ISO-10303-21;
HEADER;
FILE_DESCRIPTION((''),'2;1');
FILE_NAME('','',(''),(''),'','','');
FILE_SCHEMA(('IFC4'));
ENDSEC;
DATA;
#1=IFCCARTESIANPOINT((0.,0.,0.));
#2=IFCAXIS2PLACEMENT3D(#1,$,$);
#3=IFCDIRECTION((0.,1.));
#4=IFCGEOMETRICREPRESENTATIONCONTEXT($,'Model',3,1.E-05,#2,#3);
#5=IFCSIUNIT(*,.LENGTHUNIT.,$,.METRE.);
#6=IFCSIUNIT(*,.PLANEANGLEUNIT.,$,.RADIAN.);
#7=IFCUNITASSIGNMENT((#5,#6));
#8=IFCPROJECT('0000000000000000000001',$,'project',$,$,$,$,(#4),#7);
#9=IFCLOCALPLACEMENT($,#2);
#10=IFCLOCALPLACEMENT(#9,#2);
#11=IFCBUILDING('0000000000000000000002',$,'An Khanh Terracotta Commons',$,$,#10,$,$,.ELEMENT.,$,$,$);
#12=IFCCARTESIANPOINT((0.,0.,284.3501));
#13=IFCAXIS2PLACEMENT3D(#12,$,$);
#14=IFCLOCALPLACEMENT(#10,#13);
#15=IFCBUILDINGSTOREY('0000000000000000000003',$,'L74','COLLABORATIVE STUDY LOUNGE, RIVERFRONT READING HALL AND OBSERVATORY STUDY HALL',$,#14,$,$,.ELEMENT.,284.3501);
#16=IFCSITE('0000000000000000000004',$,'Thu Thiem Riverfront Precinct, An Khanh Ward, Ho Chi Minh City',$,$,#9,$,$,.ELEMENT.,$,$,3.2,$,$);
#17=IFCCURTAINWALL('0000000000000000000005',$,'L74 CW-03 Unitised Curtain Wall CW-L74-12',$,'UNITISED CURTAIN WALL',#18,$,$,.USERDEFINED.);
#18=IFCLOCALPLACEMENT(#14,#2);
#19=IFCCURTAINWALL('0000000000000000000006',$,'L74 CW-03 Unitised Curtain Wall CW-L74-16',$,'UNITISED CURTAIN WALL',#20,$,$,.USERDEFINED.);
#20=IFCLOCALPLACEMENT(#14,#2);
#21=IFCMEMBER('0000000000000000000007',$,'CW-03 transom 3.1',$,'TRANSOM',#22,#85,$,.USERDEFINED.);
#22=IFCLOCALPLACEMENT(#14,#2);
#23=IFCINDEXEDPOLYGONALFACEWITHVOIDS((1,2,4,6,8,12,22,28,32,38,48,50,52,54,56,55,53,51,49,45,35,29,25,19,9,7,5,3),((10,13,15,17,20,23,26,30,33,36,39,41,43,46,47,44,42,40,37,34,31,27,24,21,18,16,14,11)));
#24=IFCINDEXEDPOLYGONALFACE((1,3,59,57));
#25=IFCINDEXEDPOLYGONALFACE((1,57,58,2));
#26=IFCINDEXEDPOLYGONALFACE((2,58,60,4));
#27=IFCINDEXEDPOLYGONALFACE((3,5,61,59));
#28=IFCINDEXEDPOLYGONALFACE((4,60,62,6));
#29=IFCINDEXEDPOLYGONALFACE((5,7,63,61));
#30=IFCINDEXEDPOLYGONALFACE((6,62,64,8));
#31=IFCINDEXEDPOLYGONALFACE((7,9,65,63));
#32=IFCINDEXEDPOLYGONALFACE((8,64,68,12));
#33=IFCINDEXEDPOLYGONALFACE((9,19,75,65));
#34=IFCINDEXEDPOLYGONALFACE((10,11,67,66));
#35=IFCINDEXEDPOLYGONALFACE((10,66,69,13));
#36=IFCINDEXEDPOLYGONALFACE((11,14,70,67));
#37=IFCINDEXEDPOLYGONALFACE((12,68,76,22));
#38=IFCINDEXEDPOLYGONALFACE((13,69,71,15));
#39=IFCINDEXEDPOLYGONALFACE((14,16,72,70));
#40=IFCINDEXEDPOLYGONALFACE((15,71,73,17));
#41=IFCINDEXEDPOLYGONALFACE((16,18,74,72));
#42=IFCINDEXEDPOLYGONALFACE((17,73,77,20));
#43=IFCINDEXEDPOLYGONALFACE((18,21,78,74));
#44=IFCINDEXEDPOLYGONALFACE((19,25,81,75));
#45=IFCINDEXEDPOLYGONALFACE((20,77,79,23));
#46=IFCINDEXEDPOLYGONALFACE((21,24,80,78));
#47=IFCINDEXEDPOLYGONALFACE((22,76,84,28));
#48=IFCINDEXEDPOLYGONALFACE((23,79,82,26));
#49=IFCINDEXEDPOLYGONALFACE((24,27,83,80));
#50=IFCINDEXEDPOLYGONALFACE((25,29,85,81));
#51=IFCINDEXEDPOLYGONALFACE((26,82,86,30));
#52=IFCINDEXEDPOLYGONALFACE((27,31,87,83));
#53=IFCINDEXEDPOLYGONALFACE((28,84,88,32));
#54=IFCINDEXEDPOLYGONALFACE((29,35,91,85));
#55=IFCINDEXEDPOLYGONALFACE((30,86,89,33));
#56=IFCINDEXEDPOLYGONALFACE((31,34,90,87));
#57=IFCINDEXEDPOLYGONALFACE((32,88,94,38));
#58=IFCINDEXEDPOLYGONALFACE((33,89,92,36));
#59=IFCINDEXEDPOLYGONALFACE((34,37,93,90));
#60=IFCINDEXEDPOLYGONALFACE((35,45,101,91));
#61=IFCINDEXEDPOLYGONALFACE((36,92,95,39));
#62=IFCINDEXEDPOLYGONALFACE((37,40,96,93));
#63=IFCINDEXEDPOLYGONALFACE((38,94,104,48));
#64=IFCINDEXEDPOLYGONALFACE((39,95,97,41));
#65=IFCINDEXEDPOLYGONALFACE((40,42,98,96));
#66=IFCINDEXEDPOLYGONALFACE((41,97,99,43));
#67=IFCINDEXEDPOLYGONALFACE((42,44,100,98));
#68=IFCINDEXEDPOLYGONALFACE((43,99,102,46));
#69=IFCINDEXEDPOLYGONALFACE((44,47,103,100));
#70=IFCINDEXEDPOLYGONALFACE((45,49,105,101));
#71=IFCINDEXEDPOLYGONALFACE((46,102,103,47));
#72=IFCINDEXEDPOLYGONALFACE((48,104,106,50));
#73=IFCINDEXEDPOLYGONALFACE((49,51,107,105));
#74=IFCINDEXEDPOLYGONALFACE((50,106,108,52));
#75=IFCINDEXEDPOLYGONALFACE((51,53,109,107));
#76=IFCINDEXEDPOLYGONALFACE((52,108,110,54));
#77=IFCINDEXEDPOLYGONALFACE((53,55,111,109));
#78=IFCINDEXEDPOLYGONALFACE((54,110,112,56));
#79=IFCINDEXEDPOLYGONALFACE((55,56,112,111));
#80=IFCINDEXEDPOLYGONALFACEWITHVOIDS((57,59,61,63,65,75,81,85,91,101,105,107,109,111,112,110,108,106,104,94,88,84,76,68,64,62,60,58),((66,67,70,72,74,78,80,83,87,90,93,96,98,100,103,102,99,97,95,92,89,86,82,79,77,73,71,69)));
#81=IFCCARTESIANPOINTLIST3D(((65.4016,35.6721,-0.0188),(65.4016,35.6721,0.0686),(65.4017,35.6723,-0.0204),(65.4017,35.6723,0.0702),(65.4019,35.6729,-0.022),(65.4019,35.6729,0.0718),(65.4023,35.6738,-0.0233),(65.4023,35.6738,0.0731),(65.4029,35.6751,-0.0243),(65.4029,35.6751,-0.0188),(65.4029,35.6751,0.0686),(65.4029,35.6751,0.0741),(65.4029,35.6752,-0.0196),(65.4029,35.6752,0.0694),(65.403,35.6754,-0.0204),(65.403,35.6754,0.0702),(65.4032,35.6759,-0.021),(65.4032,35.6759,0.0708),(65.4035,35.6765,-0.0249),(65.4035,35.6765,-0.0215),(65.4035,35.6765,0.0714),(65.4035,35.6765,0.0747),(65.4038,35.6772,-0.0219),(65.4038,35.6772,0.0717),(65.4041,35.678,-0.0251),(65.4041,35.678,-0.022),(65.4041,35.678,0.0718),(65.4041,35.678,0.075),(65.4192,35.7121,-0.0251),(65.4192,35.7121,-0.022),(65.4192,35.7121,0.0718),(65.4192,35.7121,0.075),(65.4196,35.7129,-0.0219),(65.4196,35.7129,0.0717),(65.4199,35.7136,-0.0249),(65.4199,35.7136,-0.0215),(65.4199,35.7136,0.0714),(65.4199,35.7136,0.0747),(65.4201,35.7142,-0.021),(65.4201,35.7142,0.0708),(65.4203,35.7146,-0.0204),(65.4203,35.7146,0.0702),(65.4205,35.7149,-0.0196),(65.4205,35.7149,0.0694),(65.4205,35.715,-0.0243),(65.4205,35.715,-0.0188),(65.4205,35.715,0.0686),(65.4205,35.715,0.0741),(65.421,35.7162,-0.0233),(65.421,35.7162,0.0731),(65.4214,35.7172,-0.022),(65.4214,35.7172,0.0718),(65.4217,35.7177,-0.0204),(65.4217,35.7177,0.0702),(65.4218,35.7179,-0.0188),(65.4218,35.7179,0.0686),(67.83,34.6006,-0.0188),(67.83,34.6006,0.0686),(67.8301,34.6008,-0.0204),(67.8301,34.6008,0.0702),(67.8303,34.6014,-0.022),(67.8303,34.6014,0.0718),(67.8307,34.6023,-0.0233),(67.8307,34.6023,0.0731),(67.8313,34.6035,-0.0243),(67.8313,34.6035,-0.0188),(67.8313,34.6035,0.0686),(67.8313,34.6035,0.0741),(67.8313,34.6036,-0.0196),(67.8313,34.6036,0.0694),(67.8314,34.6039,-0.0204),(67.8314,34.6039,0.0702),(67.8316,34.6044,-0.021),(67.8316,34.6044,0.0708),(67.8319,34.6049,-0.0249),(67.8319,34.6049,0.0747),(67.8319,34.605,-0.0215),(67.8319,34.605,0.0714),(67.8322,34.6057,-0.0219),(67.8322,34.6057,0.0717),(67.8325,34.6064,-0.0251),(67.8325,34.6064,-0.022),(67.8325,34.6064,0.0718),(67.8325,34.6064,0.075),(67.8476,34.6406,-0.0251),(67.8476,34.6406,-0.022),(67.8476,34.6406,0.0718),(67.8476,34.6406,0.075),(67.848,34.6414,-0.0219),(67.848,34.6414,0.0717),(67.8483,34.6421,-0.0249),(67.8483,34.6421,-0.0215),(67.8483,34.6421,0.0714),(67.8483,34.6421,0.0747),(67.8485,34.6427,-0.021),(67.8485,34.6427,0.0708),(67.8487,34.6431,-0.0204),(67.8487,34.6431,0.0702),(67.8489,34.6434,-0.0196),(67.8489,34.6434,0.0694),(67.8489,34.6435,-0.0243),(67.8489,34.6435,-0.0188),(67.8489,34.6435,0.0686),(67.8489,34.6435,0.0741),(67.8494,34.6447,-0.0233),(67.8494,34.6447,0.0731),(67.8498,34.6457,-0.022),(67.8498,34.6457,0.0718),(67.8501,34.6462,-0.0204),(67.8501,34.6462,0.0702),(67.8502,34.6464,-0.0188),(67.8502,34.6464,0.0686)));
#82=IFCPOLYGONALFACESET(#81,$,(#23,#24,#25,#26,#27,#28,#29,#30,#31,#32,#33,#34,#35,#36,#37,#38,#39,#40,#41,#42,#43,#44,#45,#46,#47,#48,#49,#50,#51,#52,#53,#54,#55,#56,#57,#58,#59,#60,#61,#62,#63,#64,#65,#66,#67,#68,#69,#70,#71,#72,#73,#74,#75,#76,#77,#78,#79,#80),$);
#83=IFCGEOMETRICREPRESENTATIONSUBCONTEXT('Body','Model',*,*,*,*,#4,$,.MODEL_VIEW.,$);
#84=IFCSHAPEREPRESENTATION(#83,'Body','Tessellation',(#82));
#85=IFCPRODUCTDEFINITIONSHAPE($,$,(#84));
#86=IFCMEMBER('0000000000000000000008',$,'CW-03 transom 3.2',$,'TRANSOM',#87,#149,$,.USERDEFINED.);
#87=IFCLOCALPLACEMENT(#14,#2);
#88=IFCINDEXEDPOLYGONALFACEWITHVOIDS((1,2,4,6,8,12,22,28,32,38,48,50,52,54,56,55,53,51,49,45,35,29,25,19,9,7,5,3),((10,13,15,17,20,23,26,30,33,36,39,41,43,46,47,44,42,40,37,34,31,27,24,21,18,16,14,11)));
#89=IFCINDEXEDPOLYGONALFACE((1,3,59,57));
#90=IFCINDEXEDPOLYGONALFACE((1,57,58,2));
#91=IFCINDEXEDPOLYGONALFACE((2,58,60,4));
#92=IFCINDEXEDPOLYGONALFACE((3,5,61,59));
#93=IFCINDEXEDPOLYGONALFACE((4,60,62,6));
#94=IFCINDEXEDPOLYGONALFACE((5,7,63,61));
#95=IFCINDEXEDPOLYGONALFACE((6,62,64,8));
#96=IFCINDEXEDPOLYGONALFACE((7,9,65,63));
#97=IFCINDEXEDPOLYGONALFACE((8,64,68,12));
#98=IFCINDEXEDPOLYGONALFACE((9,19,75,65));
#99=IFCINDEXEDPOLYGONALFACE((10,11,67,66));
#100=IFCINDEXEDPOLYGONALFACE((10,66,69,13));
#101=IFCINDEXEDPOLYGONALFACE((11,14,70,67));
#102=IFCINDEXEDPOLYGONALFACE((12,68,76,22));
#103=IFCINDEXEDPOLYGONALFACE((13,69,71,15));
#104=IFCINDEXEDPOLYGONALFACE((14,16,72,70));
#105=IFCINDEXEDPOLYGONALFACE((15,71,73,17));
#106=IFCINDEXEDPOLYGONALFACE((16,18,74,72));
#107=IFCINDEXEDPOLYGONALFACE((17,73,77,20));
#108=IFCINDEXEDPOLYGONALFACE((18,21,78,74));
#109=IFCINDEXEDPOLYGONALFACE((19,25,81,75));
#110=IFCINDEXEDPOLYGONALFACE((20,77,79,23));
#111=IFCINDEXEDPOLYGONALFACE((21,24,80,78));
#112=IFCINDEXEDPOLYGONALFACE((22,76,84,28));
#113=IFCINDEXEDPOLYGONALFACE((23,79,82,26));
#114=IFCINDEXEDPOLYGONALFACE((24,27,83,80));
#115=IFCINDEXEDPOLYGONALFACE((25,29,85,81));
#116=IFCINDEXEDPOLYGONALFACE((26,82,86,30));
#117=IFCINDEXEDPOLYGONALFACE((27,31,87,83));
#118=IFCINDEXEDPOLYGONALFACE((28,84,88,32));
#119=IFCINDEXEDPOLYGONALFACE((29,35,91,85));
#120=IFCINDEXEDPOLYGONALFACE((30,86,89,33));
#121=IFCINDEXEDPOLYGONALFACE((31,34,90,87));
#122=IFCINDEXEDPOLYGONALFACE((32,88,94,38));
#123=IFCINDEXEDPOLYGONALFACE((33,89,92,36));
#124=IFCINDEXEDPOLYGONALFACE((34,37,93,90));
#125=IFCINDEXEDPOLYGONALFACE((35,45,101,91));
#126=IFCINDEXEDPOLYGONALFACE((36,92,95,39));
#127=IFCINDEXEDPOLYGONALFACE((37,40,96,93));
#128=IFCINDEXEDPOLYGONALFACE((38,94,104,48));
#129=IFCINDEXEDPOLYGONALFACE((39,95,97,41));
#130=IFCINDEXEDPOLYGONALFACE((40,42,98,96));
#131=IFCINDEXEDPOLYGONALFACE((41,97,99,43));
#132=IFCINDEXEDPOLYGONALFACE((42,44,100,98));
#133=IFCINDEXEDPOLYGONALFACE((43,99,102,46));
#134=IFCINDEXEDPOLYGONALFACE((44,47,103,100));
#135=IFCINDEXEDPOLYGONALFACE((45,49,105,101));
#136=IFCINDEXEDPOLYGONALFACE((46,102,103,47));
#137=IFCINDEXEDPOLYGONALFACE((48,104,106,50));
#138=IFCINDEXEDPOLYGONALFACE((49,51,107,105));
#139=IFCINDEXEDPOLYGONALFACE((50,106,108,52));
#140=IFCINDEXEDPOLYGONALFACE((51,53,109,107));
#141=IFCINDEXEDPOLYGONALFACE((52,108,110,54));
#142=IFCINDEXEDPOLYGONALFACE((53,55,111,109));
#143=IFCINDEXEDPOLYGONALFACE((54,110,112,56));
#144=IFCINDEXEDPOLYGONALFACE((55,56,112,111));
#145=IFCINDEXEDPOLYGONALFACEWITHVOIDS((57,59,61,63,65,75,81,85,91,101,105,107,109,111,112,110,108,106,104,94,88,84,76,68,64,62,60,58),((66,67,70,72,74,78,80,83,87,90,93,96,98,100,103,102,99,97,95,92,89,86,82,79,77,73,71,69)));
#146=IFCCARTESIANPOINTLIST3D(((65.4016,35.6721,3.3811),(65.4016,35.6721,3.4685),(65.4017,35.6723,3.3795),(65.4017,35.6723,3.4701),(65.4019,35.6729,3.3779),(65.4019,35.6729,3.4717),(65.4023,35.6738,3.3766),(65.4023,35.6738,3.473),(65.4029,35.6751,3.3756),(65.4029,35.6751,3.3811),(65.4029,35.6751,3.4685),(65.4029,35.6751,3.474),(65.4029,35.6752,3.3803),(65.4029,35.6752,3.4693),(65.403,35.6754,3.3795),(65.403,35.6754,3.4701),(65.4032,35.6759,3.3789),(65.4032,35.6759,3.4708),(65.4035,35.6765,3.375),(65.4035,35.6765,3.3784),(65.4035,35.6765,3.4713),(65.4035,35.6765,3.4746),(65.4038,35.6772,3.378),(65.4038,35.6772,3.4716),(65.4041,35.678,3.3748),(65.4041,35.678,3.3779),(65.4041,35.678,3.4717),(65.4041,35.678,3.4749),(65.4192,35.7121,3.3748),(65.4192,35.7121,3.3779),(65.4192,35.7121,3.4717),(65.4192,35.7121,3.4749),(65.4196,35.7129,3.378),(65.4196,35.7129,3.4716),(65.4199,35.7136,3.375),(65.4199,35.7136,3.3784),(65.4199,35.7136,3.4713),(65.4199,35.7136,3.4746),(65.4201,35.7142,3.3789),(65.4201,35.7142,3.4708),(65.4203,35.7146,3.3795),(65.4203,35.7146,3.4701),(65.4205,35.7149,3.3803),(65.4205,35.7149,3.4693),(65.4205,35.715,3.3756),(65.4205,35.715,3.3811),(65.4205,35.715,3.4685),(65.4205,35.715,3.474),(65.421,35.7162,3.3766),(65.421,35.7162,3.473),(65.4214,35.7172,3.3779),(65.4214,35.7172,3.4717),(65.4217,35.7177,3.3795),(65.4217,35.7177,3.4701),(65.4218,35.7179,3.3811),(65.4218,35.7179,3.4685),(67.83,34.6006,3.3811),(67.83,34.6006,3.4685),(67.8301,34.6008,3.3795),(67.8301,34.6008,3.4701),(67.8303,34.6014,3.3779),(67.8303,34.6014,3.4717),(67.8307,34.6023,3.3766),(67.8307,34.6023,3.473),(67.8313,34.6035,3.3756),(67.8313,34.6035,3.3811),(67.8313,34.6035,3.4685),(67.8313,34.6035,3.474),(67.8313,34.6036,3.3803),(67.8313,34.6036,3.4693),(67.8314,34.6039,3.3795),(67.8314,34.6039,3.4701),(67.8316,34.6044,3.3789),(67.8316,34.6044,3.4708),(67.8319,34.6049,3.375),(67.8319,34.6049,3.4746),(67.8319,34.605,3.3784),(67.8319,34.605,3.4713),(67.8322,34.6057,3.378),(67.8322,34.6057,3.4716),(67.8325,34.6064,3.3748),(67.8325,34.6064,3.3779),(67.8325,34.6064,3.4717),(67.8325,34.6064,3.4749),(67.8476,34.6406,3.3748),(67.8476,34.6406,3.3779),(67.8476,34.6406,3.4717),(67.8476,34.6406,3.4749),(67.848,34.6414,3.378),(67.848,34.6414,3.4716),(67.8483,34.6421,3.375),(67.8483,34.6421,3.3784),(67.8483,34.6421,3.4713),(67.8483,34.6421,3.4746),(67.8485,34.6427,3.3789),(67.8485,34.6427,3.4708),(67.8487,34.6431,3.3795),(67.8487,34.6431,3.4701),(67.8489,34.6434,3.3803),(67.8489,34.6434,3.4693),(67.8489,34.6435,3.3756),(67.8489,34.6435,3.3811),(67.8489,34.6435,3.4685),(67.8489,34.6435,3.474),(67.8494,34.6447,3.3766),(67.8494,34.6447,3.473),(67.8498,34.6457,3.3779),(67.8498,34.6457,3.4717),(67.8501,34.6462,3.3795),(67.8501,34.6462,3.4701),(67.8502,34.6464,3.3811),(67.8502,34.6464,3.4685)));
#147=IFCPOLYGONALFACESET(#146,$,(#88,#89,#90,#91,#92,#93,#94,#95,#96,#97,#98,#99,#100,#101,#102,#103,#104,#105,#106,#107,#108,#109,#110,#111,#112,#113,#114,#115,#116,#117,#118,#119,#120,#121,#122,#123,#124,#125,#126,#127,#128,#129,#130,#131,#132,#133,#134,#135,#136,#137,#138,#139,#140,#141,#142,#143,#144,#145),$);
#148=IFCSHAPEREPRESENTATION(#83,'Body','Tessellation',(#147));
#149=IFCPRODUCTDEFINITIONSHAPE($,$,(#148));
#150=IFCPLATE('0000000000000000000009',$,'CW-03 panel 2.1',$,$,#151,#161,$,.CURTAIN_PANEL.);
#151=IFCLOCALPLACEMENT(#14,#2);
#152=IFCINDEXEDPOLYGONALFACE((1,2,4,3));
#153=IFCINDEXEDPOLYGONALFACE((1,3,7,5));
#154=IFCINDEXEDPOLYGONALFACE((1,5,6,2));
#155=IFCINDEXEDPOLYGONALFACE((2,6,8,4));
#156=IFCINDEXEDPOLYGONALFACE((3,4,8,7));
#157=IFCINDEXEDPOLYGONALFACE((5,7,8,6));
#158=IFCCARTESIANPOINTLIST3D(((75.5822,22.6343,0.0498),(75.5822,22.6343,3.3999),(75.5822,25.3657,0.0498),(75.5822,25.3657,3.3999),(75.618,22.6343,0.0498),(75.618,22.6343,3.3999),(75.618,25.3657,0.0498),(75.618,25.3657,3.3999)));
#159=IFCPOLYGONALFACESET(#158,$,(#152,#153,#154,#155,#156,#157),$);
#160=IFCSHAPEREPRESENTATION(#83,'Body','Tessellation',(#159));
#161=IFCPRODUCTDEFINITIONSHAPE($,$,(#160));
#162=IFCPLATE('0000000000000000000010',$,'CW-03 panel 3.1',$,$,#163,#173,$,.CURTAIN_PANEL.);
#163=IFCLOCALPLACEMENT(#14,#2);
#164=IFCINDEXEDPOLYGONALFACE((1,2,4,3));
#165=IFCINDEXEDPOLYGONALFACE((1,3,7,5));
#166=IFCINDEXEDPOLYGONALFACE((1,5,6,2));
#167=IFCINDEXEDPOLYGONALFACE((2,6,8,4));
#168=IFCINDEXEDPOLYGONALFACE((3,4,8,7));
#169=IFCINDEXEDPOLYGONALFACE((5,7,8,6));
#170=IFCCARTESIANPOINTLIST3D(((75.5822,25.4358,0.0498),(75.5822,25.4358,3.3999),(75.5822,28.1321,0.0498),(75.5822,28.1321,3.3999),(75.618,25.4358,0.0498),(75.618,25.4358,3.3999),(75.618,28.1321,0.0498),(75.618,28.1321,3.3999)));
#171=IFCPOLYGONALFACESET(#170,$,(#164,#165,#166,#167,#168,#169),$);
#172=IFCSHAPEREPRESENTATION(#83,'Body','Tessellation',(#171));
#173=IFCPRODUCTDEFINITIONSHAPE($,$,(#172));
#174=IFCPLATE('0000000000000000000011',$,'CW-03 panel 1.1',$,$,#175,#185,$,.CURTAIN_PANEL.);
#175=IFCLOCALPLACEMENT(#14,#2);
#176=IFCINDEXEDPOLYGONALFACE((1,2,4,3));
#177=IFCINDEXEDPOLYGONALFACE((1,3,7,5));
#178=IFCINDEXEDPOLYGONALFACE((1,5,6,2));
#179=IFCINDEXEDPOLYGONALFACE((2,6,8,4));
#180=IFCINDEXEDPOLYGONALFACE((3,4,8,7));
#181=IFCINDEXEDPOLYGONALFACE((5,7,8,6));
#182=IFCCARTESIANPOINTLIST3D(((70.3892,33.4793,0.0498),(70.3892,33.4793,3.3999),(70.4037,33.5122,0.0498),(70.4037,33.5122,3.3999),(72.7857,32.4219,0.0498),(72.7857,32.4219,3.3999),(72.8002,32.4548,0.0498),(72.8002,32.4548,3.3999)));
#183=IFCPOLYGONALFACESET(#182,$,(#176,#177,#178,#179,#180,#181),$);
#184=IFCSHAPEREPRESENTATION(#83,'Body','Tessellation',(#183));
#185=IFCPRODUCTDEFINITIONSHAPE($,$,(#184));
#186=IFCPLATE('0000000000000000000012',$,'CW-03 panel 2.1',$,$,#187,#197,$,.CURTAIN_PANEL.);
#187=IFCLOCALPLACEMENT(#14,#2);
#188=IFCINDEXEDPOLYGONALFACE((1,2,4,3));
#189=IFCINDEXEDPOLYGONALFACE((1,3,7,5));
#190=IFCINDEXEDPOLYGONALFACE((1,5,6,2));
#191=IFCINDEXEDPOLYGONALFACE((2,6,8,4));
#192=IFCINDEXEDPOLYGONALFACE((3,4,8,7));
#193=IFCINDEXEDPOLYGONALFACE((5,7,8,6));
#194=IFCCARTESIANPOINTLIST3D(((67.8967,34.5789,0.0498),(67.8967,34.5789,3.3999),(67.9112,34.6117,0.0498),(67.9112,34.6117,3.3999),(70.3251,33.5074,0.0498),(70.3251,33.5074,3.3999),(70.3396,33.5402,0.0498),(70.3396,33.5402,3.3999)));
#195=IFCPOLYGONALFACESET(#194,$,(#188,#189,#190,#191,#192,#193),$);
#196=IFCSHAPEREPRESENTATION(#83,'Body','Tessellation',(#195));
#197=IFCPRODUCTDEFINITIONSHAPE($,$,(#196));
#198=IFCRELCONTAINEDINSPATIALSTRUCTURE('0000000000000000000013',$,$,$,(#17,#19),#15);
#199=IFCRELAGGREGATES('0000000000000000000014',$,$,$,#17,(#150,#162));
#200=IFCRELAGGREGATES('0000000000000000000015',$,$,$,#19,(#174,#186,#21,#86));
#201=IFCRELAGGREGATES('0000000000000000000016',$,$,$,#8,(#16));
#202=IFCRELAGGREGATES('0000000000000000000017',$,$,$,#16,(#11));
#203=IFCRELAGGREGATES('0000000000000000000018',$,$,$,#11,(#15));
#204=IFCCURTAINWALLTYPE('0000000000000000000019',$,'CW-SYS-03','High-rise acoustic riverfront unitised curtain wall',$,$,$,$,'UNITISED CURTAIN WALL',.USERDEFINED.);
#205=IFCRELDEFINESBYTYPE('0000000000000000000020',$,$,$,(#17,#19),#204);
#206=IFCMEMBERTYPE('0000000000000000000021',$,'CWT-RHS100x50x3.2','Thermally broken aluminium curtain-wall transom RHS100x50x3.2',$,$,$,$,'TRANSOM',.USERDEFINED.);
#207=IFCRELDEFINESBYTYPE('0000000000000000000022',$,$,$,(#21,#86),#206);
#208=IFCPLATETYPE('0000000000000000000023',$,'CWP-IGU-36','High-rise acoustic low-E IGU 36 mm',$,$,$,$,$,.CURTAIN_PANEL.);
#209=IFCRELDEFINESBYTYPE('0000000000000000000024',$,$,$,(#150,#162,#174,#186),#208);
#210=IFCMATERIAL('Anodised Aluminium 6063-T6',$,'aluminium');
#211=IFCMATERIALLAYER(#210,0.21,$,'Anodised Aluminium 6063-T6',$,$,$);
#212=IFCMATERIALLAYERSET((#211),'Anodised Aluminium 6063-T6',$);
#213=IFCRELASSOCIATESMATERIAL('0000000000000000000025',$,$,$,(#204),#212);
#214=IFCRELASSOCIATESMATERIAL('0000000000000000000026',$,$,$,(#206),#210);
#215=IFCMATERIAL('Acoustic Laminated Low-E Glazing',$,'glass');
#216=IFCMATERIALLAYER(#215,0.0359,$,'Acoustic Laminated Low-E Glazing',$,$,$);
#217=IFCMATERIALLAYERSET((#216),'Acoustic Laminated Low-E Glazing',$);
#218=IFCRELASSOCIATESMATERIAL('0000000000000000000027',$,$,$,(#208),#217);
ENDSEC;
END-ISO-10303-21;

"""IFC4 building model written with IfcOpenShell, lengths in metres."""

from ifc_helpers import new_model, si_unit, direction, frame, origin, origin_2d, place, context, subcontext, project, spatial, rectangle, hollow_rectangle, extrude, material, layer, layer_set, material_profile, profile_set, type_object, element, aggregate, save


model = new_model("IFC4")

# Units and contexts
model_context = context("Model", 3, precision=1e-05, world=origin(), true_north=direction((0.0, 1.0)))
body_context = subcontext(model_context, "Body", "Model", "MODEL_VIEW")
ifc_project = project(units=[si_unit("LENGTHUNIT", "METRE"), si_unit("PLANEANGLEUNIT", "RADIAN")], contexts=[model_context])

# Site, building, storey
site_placement = place(None, origin())
site = spatial("IfcSite", under=ifc_project, at=site_placement, Name="Thu Thiem Riverfront Precinct, An Khanh Ward, Ho Chi Minh City", CompositionType="ELEMENT", RefElevation=3.2)
building_placement = place(site_placement, origin())
building = spatial("IfcBuilding", under=site, at=building_placement, Name="An Khanh Terracotta Commons", CompositionType="ELEMENT")
storey_placement = place(building_placement, frame((0.0, 0.0, 284.3501)))
storey = spatial("IfcBuildingStorey", under=building, at=storey_placement, Name="L74", Description="COLLABORATIVE STUDY LOUNGE, RIVERFRONT READING HALL AND OBSERVATORY STUDY HALL", CompositionType="ELEMENT", Elevation=284.3501)

# Curtain walls
ifc_material_1 = material(Name="Anodised Aluminium 6063-T6", Category="aluminium")
ifc_layer_1 = layer(ifc_material_1, 0.21, Name="Anodised Aluminium 6063-T6")
ifc_layer_set_1 = layer_set([ifc_layer_1], Name="Anodised Aluminium 6063-T6")
curtain_wall_type = type_object("IfcCurtainWallType", Name="CW-SYS-03", Description="High-rise acoustic riverfront unitised curtain wall", ElementType="UNITISED CURTAIN WALL", PredefinedType="USERDEFINED", material=ifc_layer_set_1)
curtain_wall_1_placement = place(storey_placement, origin())
curtain_wall_1 = element("IfcCurtainWall", 1, at=curtain_wall_1_placement, inside=storey, type_object=curtain_wall_type, Name="L74 CW-03 Unitised Curtain Wall CW-L74-12", ObjectType="UNITISED CURTAIN WALL", PredefinedType="USERDEFINED")
curtain_wall_2_placement = place(storey_placement, origin())
curtain_wall_2 = element("IfcCurtainWall", 2, at=curtain_wall_2_placement, inside=storey, type_object=curtain_wall_type, Name="L74 CW-03 Unitised Curtain Wall CW-L74-16", ObjectType="UNITISED CURTAIN WALL", PredefinedType="USERDEFINED")

# Members
ifc_material_profile_1 = material_profile(ifc_material_1, hollow_rectangle(XDim=0.05, YDim=0.1001, WallThickness=0.0032, InnerFilletRadius=0.0032, OuterFilletRadius=0.0063, at=origin_2d()), Name="RHS100x50x3.2")
ifc_profile_set_1 = profile_set([ifc_material_profile_1], Name="Anodised Aluminium 6063-T6")
member_type_1 = type_object("IfcMemberType", Name="CWT-RHS100x50x3.2", Description="Thermally broken aluminium curtain-wall transom RHS100x50x3.2", ElementType="TRANSOM", PredefinedType="USERDEFINED", material=ifc_profile_set_1)
member_1_placement = place(storey_placement, frame((67.8401, 34.6235, 0.0249), z_axis=(-0.914897, 0.403688, 0.0), x_axis=(-0.403688, -0.914897, 0.0)))
member_1 = element("IfcMember", 3, at=member_1_placement, type_object=member_type_1, Name="CW-03 transom 3.1", ObjectType="TRANSOM", PredefinedType="USERDEFINED", context=body_context, shape_type="SweptSolid", body=[
    extrude(hollow_rectangle(XDim=0.05, YDim=0.1001, WallThickness=0.0032, InnerFilletRadius=0.0032, OuterFilletRadius=0.0063, at=origin_2d()), origin(), (0.0, 0.0, 1.0), 2.6543),
])
member_2_placement = place(storey_placement, frame((67.8401, 34.6235, 3.4248), z_axis=(-0.914897, 0.403688, 0.0), x_axis=(-0.403688, -0.914897, 0.0)))
member_2 = element("IfcMember", 4, at=member_2_placement, type_object=member_type_1, Name="CW-03 transom 3.2", ObjectType="TRANSOM", PredefinedType="USERDEFINED", context=body_context, shape_type="SweptSolid", body=[
    extrude(hollow_rectangle(XDim=0.05, YDim=0.1001, WallThickness=0.0032, InnerFilletRadius=0.0032, OuterFilletRadius=0.0063, at=origin_2d()), origin(), (0.0, 0.0, 1.0), 2.6543),
])

# Plates
ifc_material_2 = material(Name="Acoustic Laminated Low-E Glazing", Category="glass")
ifc_layer_2 = layer(ifc_material_2, 0.0359, Name="Acoustic Laminated Low-E Glazing")
ifc_layer_set_2 = layer_set([ifc_layer_2], Name="Acoustic Laminated Low-E Glazing")
plate_type = type_object("IfcPlateType", Name="CWP-IGU-36", Description="High-rise acoustic low-E IGU 36 mm", PredefinedType="CURTAIN_PANEL", material=ifc_layer_set_2)
plate_1_placement = place(storey_placement, frame((75.6001, 24.0, 0.0498), z_axis=(0.0, 0.0, 1.0), x_axis=(0.0, 1.0, 0.0)))
plate_1 = element("IfcPlate", 5, at=plate_1_placement, type_object=plate_type, Name="CW-03 panel 2.1", PredefinedType="CURTAIN_PANEL", context=body_context, shape_type="SweptSolid", body=[
    extrude(rectangle(XDim=2.7314, YDim=0.0359, at=origin_2d()), origin(), (0.0, 0.0, 1.0), 3.3501),
])
plate_2_placement = place(storey_placement, frame((75.6001, 26.7839, 0.0498), z_axis=(0.0, 0.0, 1.0), x_axis=(0.0, 1.0, 0.0)))
plate_2 = element("IfcPlate", 6, at=plate_2_placement, type_object=plate_type, Name="CW-03 panel 3.1", PredefinedType="CURTAIN_PANEL", context=body_context, shape_type="SweptSolid", body=[
    extrude(rectangle(XDim=2.6963, YDim=0.0359, at=origin_2d()), origin(), (0.0, 0.0, 1.0), 3.3501),
])
aggregate(curtain_wall_1, [plate_1, plate_2])
plate_3_placement = place(storey_placement, frame((71.5947, 32.967, 0.0498), z_axis=(0.0, 0.0, 1.0), x_axis=(-0.914902, 0.403676, 0.0)))
plate_3 = element("IfcPlate", 7, at=plate_3_placement, type_object=plate_type, Name="CW-03 panel 1.1", PredefinedType="CURTAIN_PANEL", context=body_context, shape_type="SweptSolid", body=[
    extrude(rectangle(XDim=2.6194, YDim=0.0359, at=origin_2d()), origin(), (0.0, 0.0, 1.0), 3.3501),
])
plate_4_placement = place(storey_placement, frame((69.1182, 34.0596, 0.0498), z_axis=(0.0, 0.0, 1.0), x_axis=(-0.914902, 0.403676, 0.0)))
plate_4 = element("IfcPlate", 8, at=plate_4_placement, type_object=plate_type, Name="CW-03 panel 2.1", PredefinedType="CURTAIN_PANEL", context=body_context, shape_type="SweptSolid", body=[
    extrude(rectangle(XDim=2.6543, YDim=0.0359, at=origin_2d()), origin(), (0.0, 0.0, 1.0), 3.3501),
])
aggregate(curtain_wall_2, [plate_3, plate_4, member_1, member_2])

save(model, "model.ifc")
